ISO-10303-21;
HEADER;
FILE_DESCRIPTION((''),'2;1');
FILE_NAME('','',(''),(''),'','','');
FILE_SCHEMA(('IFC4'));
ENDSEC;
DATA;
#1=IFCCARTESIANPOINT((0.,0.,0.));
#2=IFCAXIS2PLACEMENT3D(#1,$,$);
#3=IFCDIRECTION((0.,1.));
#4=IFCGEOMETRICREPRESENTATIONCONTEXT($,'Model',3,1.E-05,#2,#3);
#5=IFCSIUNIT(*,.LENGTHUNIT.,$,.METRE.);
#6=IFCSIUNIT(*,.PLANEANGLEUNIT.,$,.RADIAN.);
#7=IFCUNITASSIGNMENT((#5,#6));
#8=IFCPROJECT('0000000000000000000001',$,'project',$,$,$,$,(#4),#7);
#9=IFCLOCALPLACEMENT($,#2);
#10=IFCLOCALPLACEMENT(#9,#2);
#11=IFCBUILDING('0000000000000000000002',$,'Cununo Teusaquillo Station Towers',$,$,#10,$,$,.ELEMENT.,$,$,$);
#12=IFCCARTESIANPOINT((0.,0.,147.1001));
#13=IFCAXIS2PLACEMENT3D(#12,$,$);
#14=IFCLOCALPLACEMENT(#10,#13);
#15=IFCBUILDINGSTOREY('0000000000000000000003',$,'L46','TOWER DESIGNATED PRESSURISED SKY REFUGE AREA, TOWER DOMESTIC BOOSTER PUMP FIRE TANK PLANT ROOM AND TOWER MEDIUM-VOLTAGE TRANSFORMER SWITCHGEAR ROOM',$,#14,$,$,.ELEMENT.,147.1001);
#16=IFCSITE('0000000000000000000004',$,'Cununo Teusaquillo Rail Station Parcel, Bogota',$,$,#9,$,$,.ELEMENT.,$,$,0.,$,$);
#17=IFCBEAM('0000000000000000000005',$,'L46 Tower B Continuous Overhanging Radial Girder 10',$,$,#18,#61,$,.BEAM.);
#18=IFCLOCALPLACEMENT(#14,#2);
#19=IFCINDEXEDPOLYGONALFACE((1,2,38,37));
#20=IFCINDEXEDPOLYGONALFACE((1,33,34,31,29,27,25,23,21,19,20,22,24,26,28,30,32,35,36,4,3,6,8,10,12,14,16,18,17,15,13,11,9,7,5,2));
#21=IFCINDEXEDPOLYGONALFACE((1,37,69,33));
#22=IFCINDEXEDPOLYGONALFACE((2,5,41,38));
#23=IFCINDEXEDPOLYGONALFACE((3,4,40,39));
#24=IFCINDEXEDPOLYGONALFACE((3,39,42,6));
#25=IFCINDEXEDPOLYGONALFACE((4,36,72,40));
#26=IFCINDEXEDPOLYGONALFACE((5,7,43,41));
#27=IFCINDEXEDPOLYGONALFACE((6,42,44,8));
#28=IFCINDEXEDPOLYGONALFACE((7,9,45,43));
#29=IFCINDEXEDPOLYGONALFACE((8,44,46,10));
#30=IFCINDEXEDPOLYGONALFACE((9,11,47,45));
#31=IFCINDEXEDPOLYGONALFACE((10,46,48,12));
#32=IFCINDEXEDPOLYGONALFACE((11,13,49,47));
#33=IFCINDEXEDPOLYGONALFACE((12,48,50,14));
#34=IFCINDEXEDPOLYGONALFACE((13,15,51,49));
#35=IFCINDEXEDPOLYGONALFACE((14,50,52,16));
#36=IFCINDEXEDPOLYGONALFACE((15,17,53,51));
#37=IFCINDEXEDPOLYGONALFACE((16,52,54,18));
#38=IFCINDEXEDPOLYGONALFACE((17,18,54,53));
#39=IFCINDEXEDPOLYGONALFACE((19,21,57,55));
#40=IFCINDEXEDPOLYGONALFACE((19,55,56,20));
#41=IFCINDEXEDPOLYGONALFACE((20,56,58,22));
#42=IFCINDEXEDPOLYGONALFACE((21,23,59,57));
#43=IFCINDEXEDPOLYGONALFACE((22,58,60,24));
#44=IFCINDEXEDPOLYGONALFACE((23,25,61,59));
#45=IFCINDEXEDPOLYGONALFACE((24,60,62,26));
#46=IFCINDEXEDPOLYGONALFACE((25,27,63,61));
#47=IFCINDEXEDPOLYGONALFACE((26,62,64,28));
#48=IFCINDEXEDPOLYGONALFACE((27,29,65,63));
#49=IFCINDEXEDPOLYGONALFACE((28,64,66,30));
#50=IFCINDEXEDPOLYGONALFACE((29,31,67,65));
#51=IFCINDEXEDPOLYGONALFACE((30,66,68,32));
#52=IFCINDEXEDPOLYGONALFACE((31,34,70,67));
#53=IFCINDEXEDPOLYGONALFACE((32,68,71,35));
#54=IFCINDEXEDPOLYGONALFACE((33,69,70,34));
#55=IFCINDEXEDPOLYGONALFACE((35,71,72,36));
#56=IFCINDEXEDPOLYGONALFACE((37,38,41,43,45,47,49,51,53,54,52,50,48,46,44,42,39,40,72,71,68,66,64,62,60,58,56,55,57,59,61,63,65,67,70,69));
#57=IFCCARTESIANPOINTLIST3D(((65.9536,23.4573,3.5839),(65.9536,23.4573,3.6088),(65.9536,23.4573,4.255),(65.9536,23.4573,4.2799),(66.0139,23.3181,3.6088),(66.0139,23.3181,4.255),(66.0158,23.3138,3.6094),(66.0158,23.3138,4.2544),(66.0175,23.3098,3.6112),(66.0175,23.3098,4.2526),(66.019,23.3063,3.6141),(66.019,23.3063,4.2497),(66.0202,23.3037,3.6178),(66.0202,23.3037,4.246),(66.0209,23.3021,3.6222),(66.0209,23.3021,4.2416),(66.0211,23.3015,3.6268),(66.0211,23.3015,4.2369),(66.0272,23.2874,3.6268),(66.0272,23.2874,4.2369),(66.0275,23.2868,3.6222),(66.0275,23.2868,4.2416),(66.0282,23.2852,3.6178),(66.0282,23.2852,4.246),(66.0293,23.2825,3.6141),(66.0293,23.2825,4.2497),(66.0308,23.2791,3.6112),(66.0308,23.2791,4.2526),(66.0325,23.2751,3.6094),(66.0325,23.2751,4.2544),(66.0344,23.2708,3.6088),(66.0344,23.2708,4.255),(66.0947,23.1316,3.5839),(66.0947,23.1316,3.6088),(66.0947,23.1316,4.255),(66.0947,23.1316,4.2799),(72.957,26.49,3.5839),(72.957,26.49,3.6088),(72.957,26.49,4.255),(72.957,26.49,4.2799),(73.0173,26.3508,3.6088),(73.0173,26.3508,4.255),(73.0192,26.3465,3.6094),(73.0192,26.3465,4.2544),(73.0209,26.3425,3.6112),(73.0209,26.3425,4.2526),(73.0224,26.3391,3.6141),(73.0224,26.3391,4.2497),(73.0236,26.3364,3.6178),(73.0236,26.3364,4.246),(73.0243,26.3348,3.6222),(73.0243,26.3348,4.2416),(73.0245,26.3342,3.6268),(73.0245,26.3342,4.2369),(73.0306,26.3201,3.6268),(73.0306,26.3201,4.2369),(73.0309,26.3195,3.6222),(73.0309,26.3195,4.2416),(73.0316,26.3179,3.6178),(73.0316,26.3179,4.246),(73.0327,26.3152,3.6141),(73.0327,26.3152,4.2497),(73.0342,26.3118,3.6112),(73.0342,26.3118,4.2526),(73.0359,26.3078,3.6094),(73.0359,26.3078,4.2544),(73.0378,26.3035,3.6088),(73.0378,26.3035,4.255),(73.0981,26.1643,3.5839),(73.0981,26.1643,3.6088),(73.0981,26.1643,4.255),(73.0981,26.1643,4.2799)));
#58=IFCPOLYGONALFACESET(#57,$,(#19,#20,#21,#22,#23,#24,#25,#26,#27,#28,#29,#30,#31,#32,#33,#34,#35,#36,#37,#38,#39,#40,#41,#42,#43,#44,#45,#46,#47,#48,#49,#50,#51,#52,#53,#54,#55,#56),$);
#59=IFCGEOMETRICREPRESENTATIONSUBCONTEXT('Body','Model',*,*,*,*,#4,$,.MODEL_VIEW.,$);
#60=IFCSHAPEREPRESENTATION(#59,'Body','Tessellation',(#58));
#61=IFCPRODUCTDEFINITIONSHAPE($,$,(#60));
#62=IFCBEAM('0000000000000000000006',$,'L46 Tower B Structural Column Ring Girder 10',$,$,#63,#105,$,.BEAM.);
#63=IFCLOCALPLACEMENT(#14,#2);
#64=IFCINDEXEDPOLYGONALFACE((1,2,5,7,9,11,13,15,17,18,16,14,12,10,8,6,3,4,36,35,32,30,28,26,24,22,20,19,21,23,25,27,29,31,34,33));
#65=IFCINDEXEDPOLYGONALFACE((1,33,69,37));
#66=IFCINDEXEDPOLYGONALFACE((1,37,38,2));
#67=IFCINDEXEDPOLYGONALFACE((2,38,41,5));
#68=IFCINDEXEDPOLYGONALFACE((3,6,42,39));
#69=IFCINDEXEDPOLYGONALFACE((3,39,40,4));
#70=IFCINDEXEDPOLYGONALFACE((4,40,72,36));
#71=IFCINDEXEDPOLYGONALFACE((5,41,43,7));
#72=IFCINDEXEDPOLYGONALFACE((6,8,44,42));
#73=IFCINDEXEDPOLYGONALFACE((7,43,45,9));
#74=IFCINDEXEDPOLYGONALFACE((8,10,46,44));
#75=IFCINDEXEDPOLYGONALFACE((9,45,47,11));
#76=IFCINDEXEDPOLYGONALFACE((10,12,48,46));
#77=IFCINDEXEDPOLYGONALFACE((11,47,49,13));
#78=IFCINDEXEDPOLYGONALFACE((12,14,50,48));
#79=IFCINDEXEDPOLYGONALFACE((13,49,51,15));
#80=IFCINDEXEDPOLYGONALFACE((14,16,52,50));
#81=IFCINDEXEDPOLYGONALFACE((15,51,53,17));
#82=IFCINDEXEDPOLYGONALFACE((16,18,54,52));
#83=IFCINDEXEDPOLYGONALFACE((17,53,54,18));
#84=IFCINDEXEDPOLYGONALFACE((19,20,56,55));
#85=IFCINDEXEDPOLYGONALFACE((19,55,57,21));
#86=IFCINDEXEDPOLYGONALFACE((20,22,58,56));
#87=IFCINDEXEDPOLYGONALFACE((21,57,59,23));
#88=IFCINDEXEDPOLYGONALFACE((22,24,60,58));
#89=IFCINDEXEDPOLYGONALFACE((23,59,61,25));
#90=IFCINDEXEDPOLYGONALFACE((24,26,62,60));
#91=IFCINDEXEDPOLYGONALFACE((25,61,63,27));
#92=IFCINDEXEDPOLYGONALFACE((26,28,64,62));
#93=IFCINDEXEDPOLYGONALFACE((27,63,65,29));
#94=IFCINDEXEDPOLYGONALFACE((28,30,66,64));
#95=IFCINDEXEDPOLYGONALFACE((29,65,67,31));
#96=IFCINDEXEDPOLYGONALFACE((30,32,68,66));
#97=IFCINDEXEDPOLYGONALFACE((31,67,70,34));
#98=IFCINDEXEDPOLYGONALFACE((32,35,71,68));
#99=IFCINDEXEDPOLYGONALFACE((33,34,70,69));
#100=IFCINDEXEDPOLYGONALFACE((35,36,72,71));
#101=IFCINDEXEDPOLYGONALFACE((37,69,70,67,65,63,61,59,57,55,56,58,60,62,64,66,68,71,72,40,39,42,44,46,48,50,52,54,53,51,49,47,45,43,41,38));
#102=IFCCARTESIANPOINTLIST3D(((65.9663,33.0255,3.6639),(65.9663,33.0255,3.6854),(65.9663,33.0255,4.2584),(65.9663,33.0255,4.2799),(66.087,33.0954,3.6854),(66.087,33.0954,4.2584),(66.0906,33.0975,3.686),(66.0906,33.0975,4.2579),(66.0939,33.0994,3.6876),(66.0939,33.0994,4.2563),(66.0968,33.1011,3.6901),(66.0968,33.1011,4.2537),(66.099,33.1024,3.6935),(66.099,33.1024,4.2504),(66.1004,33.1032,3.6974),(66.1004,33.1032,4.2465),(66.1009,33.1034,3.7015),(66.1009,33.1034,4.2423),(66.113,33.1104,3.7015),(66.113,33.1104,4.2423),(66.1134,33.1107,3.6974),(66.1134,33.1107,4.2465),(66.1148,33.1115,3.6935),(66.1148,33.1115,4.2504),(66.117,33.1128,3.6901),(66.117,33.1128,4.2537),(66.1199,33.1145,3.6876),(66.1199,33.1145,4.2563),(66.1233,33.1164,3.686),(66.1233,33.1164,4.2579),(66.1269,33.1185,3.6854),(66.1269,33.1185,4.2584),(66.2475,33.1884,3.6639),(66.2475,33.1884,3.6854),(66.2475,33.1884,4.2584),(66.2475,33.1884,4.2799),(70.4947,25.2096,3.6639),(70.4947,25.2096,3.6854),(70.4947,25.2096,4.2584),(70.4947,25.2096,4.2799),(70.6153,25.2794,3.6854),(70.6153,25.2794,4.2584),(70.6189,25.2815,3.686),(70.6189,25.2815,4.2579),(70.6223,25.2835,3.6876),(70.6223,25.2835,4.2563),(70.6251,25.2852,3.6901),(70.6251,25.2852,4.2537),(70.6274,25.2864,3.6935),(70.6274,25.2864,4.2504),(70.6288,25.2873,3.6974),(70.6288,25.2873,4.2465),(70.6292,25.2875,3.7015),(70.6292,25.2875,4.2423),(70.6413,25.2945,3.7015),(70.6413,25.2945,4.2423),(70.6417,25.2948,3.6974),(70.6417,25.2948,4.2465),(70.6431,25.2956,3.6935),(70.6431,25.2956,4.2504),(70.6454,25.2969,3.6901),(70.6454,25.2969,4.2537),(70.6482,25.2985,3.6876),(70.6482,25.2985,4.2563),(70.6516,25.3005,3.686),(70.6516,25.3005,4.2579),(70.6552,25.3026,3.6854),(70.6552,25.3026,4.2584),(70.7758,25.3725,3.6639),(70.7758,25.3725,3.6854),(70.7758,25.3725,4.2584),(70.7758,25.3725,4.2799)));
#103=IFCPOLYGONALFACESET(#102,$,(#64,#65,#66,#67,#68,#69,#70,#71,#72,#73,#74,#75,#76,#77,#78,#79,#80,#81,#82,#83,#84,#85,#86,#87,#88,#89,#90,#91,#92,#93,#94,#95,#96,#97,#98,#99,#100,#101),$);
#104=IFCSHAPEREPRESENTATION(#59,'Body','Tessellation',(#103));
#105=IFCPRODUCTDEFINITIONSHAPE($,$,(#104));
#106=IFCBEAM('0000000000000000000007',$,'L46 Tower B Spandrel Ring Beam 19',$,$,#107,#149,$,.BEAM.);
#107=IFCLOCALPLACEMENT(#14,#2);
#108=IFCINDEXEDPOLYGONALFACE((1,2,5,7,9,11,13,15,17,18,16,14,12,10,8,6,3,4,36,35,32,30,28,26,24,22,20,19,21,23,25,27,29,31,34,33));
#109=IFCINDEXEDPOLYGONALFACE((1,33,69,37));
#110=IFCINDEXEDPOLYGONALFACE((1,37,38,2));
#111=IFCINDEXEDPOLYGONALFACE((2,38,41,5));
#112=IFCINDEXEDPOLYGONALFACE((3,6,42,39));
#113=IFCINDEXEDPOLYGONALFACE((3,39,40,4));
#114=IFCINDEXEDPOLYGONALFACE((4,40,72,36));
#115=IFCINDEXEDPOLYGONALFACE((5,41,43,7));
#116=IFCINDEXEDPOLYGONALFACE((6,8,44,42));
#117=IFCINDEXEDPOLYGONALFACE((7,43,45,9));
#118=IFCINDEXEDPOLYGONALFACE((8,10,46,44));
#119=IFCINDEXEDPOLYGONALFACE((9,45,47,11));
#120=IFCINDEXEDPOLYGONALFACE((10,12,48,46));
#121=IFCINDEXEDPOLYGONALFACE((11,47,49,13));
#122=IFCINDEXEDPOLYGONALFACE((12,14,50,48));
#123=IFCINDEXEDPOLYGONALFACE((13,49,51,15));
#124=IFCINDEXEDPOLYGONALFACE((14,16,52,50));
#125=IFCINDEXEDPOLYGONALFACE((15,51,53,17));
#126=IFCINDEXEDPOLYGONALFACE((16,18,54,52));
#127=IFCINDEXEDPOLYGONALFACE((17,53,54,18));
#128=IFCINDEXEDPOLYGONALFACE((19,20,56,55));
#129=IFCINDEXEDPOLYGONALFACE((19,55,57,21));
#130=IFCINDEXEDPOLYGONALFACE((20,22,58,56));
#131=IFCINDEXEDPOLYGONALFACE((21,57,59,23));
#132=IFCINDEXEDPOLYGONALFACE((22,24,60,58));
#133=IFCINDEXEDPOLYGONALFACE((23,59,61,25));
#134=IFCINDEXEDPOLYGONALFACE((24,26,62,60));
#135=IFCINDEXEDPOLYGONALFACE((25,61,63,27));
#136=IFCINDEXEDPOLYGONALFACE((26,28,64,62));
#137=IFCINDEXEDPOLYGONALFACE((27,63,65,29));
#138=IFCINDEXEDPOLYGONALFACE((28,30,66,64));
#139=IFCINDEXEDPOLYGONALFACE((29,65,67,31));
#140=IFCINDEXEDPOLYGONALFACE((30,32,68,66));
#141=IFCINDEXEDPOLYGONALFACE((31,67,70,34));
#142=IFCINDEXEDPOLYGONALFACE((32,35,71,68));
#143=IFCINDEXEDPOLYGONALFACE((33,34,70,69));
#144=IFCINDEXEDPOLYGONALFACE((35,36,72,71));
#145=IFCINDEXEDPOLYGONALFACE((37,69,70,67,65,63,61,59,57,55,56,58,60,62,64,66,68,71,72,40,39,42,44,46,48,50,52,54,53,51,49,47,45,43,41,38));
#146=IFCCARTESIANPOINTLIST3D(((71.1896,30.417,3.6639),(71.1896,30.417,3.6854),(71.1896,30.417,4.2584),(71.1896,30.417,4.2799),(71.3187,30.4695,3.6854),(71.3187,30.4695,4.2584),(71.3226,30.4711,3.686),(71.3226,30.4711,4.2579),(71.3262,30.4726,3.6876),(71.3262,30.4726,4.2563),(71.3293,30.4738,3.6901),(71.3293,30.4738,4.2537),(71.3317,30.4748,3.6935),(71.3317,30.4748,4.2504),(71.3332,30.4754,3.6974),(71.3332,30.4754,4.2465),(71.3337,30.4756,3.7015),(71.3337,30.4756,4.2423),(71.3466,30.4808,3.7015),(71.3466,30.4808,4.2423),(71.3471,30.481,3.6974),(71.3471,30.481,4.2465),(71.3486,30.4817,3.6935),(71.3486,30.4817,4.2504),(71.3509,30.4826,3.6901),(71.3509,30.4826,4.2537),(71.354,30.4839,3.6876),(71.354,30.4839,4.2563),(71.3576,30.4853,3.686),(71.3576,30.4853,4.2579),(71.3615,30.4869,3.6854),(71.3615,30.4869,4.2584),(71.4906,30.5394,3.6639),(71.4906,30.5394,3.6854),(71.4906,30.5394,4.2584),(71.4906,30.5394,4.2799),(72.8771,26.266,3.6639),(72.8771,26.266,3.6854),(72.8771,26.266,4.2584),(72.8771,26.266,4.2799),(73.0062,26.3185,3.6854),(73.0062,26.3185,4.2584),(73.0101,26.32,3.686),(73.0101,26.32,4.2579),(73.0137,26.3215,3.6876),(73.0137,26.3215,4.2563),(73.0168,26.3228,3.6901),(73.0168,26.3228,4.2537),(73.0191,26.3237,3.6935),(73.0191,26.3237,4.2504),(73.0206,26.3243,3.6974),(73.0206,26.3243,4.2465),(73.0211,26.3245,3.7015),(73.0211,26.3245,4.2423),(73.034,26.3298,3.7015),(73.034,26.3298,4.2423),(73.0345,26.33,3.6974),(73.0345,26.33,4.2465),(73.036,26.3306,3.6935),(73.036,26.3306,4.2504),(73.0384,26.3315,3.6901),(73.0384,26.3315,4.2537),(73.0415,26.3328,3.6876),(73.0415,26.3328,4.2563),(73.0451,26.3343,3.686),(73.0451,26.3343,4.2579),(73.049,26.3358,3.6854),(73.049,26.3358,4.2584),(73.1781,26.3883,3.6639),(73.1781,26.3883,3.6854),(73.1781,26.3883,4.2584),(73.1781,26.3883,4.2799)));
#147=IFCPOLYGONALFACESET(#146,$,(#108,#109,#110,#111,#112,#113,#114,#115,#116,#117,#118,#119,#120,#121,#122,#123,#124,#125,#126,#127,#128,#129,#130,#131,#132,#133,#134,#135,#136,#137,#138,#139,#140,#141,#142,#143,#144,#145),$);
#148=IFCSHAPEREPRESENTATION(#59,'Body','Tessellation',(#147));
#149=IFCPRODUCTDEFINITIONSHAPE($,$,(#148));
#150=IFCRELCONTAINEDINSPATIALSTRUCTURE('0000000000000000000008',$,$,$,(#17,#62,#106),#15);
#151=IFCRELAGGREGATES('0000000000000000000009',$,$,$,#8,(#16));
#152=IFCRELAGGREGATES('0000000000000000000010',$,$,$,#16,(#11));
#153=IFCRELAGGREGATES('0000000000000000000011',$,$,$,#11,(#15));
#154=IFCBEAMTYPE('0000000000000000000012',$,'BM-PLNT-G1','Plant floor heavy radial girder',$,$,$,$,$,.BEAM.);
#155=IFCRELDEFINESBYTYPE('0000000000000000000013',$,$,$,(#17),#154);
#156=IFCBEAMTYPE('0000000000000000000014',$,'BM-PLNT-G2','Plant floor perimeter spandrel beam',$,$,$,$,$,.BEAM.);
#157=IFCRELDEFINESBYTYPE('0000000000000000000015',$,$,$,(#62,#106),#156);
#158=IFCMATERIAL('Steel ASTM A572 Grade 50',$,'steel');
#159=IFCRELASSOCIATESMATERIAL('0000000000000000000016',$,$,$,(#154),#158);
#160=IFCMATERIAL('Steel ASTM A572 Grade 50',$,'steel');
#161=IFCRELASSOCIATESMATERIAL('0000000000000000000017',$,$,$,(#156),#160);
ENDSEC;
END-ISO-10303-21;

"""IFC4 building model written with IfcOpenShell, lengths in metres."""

from ifc_helpers import new_model, si_unit, direction, frame, origin, origin_2d, place, context, subcontext, project, spatial, i_section, extrude, material, material_profile, profile_set, type_object, element, save


model = new_model("IFC4")

# Units and contexts
model_context = context("Model", 3, precision=1e-05, world=origin(), true_north=direction((0.0, 1.0)))
body_context = subcontext(model_context, "Body", "Model", "MODEL_VIEW")
ifc_project = project(units=[si_unit("LENGTHUNIT", "METRE"), si_unit("PLANEANGLEUNIT", "RADIAN")], contexts=[model_context])

# Site, building, storey
site_placement = place(None, origin())
site = spatial("IfcSite", under=ifc_project, at=site_placement, Name="Cununo Teusaquillo Rail Station Parcel, Bogota", CompositionType="ELEMENT", RefElevation=0.0)
building_placement = place(site_placement, origin())
building = spatial("IfcBuilding", under=site, at=building_placement, Name="Cununo Teusaquillo Station Towers", CompositionType="ELEMENT")
storey_placement = place(building_placement, frame((0.0, 0.0, 147.1001)))
storey = spatial("IfcBuildingStorey", under=building, at=storey_placement, Name="L46", Description="TOWER DESIGNATED PRESSURISED SKY REFUGE AREA, TOWER DOMESTIC BOOSTER PUMP FIRE TANK PLANT ROOM AND TOWER MEDIUM-VOLTAGE TRANSFORMER SWITCHGEAR ROOM", CompositionType="ELEMENT", Elevation=147.1001)

# Beams
ifc_material_1 = material(Name="Steel ASTM A572 Grade 50", Category="steel")
ifc_material_profile_1 = material_profile(ifc_material_1, i_section(OverallWidth=0.355, OverallDepth=0.696, WebThickness=0.0154, FlangeThickness=0.0249, FilletRadius=0.0181, at=origin_2d()), Name="W27X146")
ifc_profile_set_1 = profile_set([ifc_material_profile_1], Name="Steel ASTM A572 Grade 50")
beam_type_1 = type_object("IfcBeamType", Name="BM-PLNT-G1", Description="Plant floor heavy radial girder", PredefinedType="BEAM", material=ifc_profile_set_1)
beam_1_placement = place(storey_placement, frame((66.0242, 23.2944, 3.9319), z_axis=(0.917656, 0.397376, 0.0), x_axis=(-0.397376, 0.917656, 0.0)))
element("IfcBeam", 1, at=beam_1_placement, inside=storey, type_object=beam_type_1, Name="L46 Tower B Continuous Overhanging Radial Girder 10", PredefinedType="BEAM", context=body_context, shape_type="SweptSolid", body=[
    extrude(i_section(OverallWidth=0.355, OverallDepth=0.696, WebThickness=0.0154, FlangeThickness=0.0249, FilletRadius=0.0181, at=origin_2d()), origin(), (0.0, 0.0, 1.0), 7.6318),
])
ifc_material_2 = material(Name="Steel ASTM A572 Grade 50", Category="steel")
ifc_material_profile_2 = material_profile(ifc_material_2, i_section(OverallWidth=0.325, OverallDepth=0.616, WebThickness=0.0139, FlangeThickness=0.0215, FilletRadius=0.0161, at=origin_2d()), Name="W24X117")
ifc_profile_set_2 = profile_set([ifc_material_profile_2], Name="Steel ASTM A572 Grade 50")
beam_type_2 = type_object("IfcBeamType", Name="BM-PLNT-G2", Description="Plant floor perimeter spandrel beam", PredefinedType="BEAM", material=ifc_profile_set_2)
beam_2_placement = place(storey_placement, frame((70.6353, 25.291, 3.9719), z_axis=(-0.501311, 0.865267, 0.0), x_axis=(-0.865267, -0.501311, 0.0)))
element("IfcBeam", 2, at=beam_2_placement, inside=storey, type_object=beam_type_2, Name="L46 Tower B Structural Column Ring Girder 10", PredefinedType="BEAM", context=body_context, shape_type="SweptSolid", body=[
    extrude(i_section(OverallWidth=0.325, OverallDepth=0.616, WebThickness=0.0139, FlangeThickness=0.0215, FilletRadius=0.0161, at=origin_2d()), origin(), (0.0, 0.0, 1.0), 9.033),
])
beam_3_placement = place(storey_placement, frame((73.0276, 26.3271, 3.9719), z_axis=(-0.376589, 0.92638, 0.0), x_axis=(-0.92638, -0.376589, 0.0)))
element("IfcBeam", 3, at=beam_3_placement, inside=storey, type_object=beam_type_2, Name="L46 Tower B Spandrel Ring Beam 19", PredefinedType="BEAM", context=body_context, shape_type="SweptSolid", body=[
    extrude(i_section(OverallWidth=0.325, OverallDepth=0.616, WebThickness=0.0139, FlangeThickness=0.0215, FilletRadius=0.0161, at=origin_2d()), origin(), (0.0, 0.0, 1.0), 4.481),
])

save(model, "model.ifc")
